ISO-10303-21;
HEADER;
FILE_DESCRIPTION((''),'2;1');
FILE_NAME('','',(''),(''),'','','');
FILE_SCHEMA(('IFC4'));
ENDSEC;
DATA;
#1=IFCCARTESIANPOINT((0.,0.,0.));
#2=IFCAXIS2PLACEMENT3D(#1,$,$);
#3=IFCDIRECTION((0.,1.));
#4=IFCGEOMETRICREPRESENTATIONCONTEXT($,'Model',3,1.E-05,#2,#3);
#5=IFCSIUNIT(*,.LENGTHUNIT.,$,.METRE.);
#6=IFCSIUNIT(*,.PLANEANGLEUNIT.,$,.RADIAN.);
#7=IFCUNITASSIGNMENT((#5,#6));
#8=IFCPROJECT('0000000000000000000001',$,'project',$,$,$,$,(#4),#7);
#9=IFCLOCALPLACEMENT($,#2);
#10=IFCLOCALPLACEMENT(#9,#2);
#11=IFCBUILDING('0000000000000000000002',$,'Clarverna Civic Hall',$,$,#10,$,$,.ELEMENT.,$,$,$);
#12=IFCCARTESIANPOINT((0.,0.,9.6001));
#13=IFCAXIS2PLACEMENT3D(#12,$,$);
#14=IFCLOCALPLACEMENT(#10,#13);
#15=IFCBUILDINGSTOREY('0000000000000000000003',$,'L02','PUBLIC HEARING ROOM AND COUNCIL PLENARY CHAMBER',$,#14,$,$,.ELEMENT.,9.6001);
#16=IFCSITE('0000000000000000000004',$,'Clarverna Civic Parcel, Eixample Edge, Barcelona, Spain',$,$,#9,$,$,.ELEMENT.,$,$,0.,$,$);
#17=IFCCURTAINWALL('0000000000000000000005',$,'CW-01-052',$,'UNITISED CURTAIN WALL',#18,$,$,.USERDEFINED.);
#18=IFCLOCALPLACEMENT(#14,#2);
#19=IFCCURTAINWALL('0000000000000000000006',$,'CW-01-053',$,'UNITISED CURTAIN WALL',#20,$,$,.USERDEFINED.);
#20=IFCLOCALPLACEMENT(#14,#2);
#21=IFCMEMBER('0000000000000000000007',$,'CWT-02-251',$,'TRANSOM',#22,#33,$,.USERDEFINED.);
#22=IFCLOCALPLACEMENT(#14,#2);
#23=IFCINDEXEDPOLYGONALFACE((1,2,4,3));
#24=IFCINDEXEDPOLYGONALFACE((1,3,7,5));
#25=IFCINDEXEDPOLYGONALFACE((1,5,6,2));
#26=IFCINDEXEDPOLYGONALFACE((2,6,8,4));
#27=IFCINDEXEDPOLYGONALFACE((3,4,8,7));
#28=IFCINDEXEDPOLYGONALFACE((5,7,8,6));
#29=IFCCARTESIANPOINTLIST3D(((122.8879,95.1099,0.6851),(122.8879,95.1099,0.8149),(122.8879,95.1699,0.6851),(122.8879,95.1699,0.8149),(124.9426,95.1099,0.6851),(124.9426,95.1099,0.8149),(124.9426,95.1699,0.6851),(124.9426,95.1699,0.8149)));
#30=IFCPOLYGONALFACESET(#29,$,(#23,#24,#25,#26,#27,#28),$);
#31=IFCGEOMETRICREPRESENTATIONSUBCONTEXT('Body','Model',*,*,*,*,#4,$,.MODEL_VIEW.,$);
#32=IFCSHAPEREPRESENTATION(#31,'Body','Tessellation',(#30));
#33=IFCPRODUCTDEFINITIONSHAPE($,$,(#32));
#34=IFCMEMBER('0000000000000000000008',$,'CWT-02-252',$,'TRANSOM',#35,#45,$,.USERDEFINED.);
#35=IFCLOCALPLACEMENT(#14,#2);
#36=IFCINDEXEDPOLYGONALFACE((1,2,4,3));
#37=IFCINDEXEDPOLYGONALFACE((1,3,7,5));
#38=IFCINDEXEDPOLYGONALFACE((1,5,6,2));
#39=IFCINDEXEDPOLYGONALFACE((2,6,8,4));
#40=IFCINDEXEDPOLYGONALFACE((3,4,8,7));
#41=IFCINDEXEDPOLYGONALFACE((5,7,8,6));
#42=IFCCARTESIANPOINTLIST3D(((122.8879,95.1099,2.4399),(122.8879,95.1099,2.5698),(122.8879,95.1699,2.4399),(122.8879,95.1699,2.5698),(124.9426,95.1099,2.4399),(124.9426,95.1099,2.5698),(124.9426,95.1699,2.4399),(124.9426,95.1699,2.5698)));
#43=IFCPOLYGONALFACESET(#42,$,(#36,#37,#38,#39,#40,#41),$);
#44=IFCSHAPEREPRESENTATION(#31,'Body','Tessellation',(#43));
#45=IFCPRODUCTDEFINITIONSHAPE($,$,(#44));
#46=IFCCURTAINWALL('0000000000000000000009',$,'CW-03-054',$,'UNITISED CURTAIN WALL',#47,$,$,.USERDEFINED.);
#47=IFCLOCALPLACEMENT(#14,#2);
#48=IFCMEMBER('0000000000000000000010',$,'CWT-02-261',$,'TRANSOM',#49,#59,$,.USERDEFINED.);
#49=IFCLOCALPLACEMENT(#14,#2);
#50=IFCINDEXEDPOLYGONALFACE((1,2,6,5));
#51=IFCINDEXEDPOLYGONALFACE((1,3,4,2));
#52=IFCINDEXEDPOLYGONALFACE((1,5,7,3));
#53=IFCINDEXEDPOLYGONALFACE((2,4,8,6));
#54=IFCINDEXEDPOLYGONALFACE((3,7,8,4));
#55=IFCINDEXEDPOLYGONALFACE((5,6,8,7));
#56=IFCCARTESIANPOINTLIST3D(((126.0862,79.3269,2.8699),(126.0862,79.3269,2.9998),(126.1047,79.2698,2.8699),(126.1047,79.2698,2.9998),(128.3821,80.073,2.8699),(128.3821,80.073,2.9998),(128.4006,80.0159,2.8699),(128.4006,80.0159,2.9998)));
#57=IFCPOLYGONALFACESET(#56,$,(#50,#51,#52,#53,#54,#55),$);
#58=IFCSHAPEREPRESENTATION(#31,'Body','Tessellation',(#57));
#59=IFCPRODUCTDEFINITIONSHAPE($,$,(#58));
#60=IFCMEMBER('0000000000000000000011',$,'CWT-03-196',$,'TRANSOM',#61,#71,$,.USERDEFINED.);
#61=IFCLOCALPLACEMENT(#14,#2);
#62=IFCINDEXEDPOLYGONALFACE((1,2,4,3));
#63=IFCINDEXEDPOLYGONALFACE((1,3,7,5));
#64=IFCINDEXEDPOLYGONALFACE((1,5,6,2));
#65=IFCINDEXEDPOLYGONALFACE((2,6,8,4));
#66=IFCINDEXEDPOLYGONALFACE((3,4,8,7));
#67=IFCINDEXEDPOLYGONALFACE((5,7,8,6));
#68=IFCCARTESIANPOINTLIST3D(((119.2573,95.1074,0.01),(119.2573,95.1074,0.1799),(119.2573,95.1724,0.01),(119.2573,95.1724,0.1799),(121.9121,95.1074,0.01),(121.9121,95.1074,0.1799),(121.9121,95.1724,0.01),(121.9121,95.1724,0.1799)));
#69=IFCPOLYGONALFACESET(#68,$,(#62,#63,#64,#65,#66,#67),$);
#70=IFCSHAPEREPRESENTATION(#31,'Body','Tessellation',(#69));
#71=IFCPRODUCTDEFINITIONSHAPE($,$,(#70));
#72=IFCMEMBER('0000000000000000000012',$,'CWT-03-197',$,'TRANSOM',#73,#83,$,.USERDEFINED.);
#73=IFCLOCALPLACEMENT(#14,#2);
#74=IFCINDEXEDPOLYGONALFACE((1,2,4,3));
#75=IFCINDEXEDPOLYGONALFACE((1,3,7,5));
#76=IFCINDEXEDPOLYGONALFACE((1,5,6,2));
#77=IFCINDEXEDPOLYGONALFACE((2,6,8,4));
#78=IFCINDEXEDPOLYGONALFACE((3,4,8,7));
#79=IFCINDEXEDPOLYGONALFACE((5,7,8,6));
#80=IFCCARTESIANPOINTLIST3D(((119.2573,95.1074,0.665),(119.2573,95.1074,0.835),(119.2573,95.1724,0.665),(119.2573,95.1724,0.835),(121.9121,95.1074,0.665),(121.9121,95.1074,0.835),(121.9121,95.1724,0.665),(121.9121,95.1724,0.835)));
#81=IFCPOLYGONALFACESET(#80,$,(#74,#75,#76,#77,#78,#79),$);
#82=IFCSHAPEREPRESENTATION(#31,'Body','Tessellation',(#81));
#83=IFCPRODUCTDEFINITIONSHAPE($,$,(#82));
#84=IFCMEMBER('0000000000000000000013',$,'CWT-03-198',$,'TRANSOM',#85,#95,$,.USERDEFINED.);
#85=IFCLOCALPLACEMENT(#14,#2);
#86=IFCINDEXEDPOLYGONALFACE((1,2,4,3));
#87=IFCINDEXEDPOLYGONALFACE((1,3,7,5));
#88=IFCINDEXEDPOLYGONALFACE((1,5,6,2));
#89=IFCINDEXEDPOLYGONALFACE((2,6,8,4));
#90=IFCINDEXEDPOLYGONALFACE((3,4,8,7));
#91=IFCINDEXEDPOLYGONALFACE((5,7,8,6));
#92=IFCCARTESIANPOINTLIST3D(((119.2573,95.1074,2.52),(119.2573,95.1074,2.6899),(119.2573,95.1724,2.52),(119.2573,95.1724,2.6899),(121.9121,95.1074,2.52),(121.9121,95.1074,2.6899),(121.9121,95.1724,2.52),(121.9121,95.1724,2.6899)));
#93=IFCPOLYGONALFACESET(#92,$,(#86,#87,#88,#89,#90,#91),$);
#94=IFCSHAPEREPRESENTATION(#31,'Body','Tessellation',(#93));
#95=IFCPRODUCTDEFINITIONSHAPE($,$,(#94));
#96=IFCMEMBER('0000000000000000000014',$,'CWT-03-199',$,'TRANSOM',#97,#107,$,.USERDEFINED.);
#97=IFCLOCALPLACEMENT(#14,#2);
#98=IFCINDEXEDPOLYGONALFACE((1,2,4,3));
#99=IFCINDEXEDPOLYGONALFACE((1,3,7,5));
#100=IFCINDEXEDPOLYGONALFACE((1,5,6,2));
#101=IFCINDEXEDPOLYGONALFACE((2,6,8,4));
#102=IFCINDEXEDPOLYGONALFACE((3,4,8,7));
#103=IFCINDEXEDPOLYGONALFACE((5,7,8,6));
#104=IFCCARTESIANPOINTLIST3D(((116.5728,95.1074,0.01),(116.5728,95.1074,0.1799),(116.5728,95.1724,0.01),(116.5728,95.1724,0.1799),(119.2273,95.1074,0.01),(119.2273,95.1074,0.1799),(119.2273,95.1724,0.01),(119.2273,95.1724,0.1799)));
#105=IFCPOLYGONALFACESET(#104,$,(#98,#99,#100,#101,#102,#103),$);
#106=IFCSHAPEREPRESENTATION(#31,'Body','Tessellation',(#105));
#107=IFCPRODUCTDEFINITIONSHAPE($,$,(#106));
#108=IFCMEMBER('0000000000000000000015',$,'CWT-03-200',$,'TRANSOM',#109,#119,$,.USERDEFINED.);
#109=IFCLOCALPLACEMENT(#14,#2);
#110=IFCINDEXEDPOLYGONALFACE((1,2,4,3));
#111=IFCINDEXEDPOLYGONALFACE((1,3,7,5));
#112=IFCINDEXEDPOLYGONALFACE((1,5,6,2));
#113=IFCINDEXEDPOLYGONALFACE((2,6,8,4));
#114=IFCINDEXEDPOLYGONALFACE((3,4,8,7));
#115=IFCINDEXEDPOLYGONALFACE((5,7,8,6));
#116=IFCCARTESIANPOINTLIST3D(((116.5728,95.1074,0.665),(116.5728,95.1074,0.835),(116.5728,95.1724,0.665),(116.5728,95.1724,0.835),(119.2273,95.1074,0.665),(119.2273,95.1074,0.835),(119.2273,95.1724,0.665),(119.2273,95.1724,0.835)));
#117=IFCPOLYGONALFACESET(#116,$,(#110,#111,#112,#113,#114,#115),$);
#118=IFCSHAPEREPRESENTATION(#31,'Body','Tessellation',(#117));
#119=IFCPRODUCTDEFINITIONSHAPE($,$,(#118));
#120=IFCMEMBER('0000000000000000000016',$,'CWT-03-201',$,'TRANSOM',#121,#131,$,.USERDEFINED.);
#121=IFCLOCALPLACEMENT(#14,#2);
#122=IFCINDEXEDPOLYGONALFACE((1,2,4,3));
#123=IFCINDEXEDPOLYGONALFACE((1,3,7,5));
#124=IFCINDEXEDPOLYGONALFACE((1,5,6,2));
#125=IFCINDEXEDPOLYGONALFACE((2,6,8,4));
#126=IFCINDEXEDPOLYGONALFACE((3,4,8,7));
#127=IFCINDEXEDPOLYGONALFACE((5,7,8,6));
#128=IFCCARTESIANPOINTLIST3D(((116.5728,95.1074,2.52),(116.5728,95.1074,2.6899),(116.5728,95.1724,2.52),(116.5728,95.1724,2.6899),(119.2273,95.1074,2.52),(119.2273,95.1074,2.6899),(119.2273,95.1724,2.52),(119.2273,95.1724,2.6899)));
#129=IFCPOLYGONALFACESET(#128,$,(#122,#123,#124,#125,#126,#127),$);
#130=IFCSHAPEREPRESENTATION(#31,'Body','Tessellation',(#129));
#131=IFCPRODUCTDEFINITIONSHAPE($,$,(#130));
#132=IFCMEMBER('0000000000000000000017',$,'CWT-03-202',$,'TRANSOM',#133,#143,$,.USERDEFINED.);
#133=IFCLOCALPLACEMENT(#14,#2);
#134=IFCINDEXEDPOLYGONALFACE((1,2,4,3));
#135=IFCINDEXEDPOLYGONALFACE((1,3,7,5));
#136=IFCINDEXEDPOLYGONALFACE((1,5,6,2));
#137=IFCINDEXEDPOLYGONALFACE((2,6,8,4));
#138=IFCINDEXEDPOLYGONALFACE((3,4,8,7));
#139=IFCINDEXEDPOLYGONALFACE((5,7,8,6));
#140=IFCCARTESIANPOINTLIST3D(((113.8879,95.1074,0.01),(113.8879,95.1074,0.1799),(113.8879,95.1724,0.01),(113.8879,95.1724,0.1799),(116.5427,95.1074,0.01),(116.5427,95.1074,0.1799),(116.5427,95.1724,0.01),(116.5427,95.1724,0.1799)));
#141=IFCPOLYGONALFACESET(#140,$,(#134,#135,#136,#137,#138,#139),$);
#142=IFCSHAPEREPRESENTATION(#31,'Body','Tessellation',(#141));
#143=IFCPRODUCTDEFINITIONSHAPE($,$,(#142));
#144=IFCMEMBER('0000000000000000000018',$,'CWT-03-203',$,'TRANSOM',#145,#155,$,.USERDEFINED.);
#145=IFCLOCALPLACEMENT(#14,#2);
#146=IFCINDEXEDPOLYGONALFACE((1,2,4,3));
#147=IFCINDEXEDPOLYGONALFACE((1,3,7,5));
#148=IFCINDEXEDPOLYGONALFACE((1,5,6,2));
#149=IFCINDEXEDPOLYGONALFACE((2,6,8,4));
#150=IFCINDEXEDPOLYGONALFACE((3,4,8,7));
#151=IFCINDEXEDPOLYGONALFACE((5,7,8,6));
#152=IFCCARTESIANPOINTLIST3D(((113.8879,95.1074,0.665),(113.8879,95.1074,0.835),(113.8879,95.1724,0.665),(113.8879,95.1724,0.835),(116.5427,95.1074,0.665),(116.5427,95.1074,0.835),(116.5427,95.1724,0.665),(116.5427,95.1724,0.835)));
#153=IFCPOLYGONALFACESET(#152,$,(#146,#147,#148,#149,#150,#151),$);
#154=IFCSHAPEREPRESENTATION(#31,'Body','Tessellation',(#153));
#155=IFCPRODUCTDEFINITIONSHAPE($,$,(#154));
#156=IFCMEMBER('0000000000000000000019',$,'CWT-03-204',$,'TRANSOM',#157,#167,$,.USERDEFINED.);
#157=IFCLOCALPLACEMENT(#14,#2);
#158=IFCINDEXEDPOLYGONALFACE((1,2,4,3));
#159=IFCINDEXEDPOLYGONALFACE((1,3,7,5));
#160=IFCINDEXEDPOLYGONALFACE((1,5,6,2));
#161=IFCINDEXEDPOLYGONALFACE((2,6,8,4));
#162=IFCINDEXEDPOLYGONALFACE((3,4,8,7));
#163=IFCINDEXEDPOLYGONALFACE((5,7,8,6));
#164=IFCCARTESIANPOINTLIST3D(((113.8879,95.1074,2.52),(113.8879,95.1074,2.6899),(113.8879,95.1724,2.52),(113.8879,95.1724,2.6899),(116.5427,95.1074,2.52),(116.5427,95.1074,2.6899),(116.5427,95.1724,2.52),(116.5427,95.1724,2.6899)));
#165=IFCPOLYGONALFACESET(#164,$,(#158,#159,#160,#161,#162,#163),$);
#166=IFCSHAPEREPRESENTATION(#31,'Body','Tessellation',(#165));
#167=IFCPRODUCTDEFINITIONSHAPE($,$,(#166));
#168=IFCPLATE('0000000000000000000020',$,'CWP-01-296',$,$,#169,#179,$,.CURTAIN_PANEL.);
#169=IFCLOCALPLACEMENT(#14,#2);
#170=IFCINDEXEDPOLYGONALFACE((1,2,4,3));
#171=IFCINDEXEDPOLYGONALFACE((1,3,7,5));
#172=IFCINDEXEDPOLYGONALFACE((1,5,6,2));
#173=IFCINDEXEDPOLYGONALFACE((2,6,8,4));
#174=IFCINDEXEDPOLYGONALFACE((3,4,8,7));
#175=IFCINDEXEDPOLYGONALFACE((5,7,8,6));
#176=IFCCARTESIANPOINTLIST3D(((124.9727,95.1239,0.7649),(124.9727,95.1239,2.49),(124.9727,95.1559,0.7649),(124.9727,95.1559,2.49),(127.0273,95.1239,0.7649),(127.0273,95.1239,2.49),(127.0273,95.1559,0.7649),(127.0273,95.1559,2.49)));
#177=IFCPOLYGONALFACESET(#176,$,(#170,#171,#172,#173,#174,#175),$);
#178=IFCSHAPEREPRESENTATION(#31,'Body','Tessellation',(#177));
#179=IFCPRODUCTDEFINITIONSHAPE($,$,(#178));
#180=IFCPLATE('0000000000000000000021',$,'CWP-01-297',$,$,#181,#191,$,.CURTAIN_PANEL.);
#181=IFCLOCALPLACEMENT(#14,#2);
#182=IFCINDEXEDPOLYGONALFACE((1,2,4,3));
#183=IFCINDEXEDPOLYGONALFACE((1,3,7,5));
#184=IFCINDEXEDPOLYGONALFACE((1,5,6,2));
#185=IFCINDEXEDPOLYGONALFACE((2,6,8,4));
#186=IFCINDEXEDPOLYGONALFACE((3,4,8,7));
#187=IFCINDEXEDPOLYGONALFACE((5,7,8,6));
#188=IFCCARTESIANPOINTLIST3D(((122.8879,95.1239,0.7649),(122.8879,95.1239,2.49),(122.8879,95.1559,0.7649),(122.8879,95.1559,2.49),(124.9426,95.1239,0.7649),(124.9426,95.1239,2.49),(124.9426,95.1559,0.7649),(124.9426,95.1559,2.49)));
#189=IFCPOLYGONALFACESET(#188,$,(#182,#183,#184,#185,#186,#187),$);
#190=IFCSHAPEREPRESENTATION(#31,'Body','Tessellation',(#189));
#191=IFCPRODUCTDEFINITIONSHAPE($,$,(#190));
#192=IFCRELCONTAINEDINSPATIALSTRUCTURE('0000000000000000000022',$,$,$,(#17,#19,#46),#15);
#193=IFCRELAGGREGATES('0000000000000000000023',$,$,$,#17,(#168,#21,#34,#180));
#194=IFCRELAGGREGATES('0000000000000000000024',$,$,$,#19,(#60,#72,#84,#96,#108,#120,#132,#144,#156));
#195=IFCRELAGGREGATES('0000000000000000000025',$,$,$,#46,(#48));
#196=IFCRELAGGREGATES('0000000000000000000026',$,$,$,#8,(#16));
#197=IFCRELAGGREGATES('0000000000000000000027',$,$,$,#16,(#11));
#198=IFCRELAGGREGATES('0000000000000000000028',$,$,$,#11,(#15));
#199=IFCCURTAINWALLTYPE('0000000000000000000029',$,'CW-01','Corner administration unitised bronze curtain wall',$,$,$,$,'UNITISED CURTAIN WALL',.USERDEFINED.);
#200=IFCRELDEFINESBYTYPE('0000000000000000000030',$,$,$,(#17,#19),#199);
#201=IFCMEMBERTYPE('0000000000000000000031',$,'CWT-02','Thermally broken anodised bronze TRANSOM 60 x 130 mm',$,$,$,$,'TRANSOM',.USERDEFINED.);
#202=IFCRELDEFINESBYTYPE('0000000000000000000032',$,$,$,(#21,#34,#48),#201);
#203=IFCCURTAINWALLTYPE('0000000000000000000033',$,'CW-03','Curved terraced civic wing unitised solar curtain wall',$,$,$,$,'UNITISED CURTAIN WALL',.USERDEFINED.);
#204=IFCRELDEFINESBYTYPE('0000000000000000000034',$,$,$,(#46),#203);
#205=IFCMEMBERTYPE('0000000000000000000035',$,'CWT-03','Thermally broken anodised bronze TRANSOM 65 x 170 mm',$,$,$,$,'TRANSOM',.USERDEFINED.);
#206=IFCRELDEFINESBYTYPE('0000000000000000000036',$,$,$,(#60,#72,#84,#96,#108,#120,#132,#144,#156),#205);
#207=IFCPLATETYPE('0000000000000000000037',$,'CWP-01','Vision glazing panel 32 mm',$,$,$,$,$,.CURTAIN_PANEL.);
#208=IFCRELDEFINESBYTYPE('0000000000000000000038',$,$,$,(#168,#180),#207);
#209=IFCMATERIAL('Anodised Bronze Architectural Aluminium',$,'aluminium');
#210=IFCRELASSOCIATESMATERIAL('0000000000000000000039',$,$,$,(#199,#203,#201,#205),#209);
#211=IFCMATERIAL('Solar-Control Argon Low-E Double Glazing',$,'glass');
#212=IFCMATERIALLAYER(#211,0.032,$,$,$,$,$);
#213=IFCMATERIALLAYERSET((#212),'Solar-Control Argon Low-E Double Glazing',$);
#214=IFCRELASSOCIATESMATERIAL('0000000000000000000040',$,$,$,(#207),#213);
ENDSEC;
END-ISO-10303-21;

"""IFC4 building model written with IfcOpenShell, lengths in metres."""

from ifc_helpers import new_model, si_unit, direction, frame, frame_2d, origin, origin_2d, place, context, subcontext, project, spatial, rectangle, extrude, material, layer, layer_set, material_profile, profile_set, type_object, element, aggregate, save


model = new_model("IFC4")

# Units and contexts
model_context = context("Model", 3, precision=1e-05, world=origin(), true_north=direction((0.0, 1.0)))
body_context = subcontext(model_context, "Body", "Model", "MODEL_VIEW")
ifc_project = project(units=[si_unit("LENGTHUNIT", "METRE"), si_unit("PLANEANGLEUNIT", "RADIAN")], contexts=[model_context])

# Site, building, storey
site_placement = place(None, origin())
site = spatial("IfcSite", under=ifc_project, at=site_placement, Name="Clarverna Civic Parcel, Eixample Edge, Barcelona, Spain", CompositionType="ELEMENT", RefElevation=0.0)
building_placement = place(site_placement, origin())
building = spatial("IfcBuilding", under=site, at=building_placement, Name="Clarverna Civic Hall", CompositionType="ELEMENT")
storey_placement = place(building_placement, frame((0.0, 0.0, 9.6001)))
storey = spatial("IfcBuildingStorey", under=building, at=storey_placement, Name="L02", Description="PUBLIC HEARING ROOM AND COUNCIL PLENARY CHAMBER", CompositionType="ELEMENT", Elevation=9.6001)

# Curtain walls
ifc_material_1 = material(Name="Anodised Bronze Architectural Aluminium", Category="aluminium")
curtain_wall_type_1 = type_object("IfcCurtainWallType", Name="CW-01", Description="Corner administration unitised bronze curtain wall", ElementType="UNITISED CURTAIN WALL", PredefinedType="USERDEFINED", material=ifc_material_1)
curtain_wall_1_placement = place(storey_placement, origin())
curtain_wall_1 = element("IfcCurtainWall", 1, at=curtain_wall_1_placement, inside=storey, type_object=curtain_wall_type_1, Name="CW-01-052", ObjectType="UNITISED CURTAIN WALL", PredefinedType="USERDEFINED")
curtain_wall_2_placement = place(storey_placement, origin())
curtain_wall_2 = element("IfcCurtainWall", 2, at=curtain_wall_2_placement, inside=storey, type_object=curtain_wall_type_1, Name="CW-01-053", ObjectType="UNITISED CURTAIN WALL", PredefinedType="USERDEFINED")

# Members
ifc_material_profile_1 = material_profile(ifc_material_1, rectangle(XDim=0.0601, YDim=0.1299, at=origin_2d()), Name="BRONZE 60x130")
ifc_profile_set_1 = profile_set([ifc_material_profile_1], Name="Anodised Bronze Architectural Aluminium")
member_type_1 = type_object("IfcMemberType", Name="CWT-02", Description="Thermally broken anodised bronze TRANSOM 60 x 130 mm", ElementType="TRANSOM", PredefinedType="USERDEFINED", material=ifc_profile_set_1)
member_1_placement = place(storey_placement, frame((124.9426, 95.1399, 0.75), z_axis=(-1.0, 0.0, 0.0), x_axis=(0.0, -1.0, 0.0)))
member_1 = element("IfcMember", 3, at=member_1_placement, type_object=member_type_1, Name="CWT-02-251", ObjectType="TRANSOM", PredefinedType="USERDEFINED", context=body_context, shape_type="SweptSolid", body=[
    extrude(rectangle(XDim=0.0601, YDim=0.1299, at=origin_2d()), origin(), (0.0, 0.0, 1.0), 2.0547),
])
member_2_placement = place(storey_placement, frame((124.9426, 95.1399, 2.5049), z_axis=(-1.0, 0.0, 0.0), x_axis=(0.0, -1.0, 0.0)))
member_2 = element("IfcMember", 4, at=member_2_placement, type_object=member_type_1, Name="CWT-02-252", ObjectType="TRANSOM", PredefinedType="USERDEFINED", context=body_context, shape_type="SweptSolid", body=[
    extrude(rectangle(XDim=0.0601, YDim=0.1299, at=origin_2d()), origin(), (0.0, 0.0, 1.0), 2.0547),
])

# Curtain wall, member
curtain_wall_type_2 = type_object("IfcCurtainWallType", Name="CW-03", Description="Curved terraced civic wing unitised solar curtain wall", ElementType="UNITISED CURTAIN WALL", PredefinedType="USERDEFINED", material=ifc_material_1)
curtain_wall_3_placement = place(storey_placement, origin())
curtain_wall_3 = element("IfcCurtainWall", 5, at=curtain_wall_3_placement, inside=storey, type_object=curtain_wall_type_2, Name="CW-03-054", ObjectType="UNITISED CURTAIN WALL", PredefinedType="USERDEFINED")
member_3_placement = place(storey_placement, frame((126.0955, 79.2983, 2.9348), z_axis=(0.951043, 0.309059, 0.0), x_axis=(-0.309059, 0.951043, 0.0)))
member_3 = element("IfcMember", 6, at=member_3_placement, type_object=member_type_1, Name="CWT-02-261", ObjectType="TRANSOM", PredefinedType="USERDEFINED", context=body_context, shape_type="SweptSolid", body=[
    extrude(rectangle(XDim=0.0601, YDim=0.1299, at=origin_2d()), origin(), (0.0, 0.0, 1.0), 2.4141),
])

# Members
ifc_material_profile_2 = material_profile(ifc_material_1, rectangle(XDim=0.0649, YDim=0.1699, at=origin_2d()), Name="BRONZE 65x170")
ifc_profile_set_2 = profile_set([ifc_material_profile_2], Name="Anodised Bronze Architectural Aluminium")
member_type_2 = type_object("IfcMemberType", Name="CWT-03", Description="Thermally broken anodised bronze TRANSOM 65 x 170 mm", ElementType="TRANSOM", PredefinedType="USERDEFINED", material=ifc_profile_set_2)
member_4_placement = place(storey_placement, frame((121.9121, 95.1399, 0.095), z_axis=(-1.0, 0.0, 0.0), x_axis=(0.0, -1.0, 0.0)))
member_4 = element("IfcMember", 7, at=member_4_placement, type_object=member_type_2, Name="CWT-03-196", ObjectType="TRANSOM", PredefinedType="USERDEFINED", context=body_context, shape_type="SweptSolid", body=[
    extrude(rectangle(XDim=0.0649, YDim=0.1699, at=origin_2d()), origin(), (0.0, 0.0, 1.0), 2.6548),
])
member_5_placement = place(storey_placement, frame((121.9121, 95.1399, 0.75), z_axis=(-1.0, 0.0, 0.0), x_axis=(0.0, -1.0, 0.0)))
member_5 = element("IfcMember", 8, at=member_5_placement, type_object=member_type_2, Name="CWT-03-197", ObjectType="TRANSOM", PredefinedType="USERDEFINED", context=body_context, shape_type="SweptSolid", body=[
    extrude(rectangle(XDim=0.0649, YDim=0.1699, at=origin_2d()), origin(), (0.0, 0.0, 1.0), 2.6548),
])
member_6_placement = place(storey_placement, frame((121.9121, 95.1399, 2.605), z_axis=(-1.0, 0.0, 0.0), x_axis=(0.0, -1.0, 0.0)))
member_6 = element("IfcMember", 9, at=member_6_placement, type_object=member_type_2, Name="CWT-03-198", ObjectType="TRANSOM", PredefinedType="USERDEFINED", context=body_context, shape_type="SweptSolid", body=[
    extrude(rectangle(XDim=0.0649, YDim=0.1699, at=origin_2d()), origin(), (0.0, 0.0, 1.0), 2.6548),
])
member_7_placement = place(storey_placement, frame((119.2273, 95.1399, 0.095), z_axis=(-1.0, 0.0, 0.0), x_axis=(0.0, -1.0, 0.0)))
member_7 = element("IfcMember", 10, at=member_7_placement, type_object=member_type_2, Name="CWT-03-199", ObjectType="TRANSOM", PredefinedType="USERDEFINED", context=body_context, shape_type="SweptSolid", body=[
    extrude(rectangle(XDim=0.0649, YDim=0.1699, at=origin_2d()), origin(), (0.0, 0.0, 1.0), 2.6545),
])
member_8_placement = place(storey_placement, frame((119.2273, 95.1399, 0.75), z_axis=(-1.0, 0.0, 0.0), x_axis=(0.0, -1.0, 0.0)))
member_8 = element("IfcMember", 11, at=member_8_placement, type_object=member_type_2, Name="CWT-03-200", ObjectType="TRANSOM", PredefinedType="USERDEFINED", context=body_context, shape_type="SweptSolid", body=[
    extrude(rectangle(XDim=0.0649, YDim=0.1699, at=origin_2d()), origin(), (0.0, 0.0, 1.0), 2.6545),
])
member_9_placement = place(storey_placement, frame((119.2273, 95.1399, 2.605), z_axis=(-1.0, 0.0, 0.0), x_axis=(0.0, -1.0, 0.0)))
member_9 = element("IfcMember", 12, at=member_9_placement, type_object=member_type_2, Name="CWT-03-201", ObjectType="TRANSOM", PredefinedType="USERDEFINED", context=body_context, shape_type="SweptSolid", body=[
    extrude(rectangle(XDim=0.0649, YDim=0.1699, at=origin_2d()), origin(), (0.0, 0.0, 1.0), 2.6545),
])
member_10_placement = place(storey_placement, frame((116.5427, 95.1399, 0.095), z_axis=(-1.0, 0.0, 0.0), x_axis=(0.0, -1.0, 0.0)))
member_10 = element("IfcMember", 13, at=member_10_placement, type_object=member_type_2, Name="CWT-03-202", ObjectType="TRANSOM", PredefinedType="USERDEFINED", context=body_context, shape_type="SweptSolid", body=[
    extrude(rectangle(XDim=0.0649, YDim=0.1699, at=origin_2d()), origin(), (0.0, 0.0, 1.0), 2.6548),
])
member_11_placement = place(storey_placement, frame((116.5427, 95.1399, 0.75), z_axis=(-1.0, 0.0, 0.0), x_axis=(0.0, -1.0, 0.0)))
member_11 = element("IfcMember", 14, at=member_11_placement, type_object=member_type_2, Name="CWT-03-203", ObjectType="TRANSOM", PredefinedType="USERDEFINED", context=body_context, shape_type="SweptSolid", body=[
    extrude(rectangle(XDim=0.0649, YDim=0.1699, at=origin_2d()), origin(), (0.0, 0.0, 1.0), 2.6548),
])
member_12_placement = place(storey_placement, frame((116.5427, 95.1399, 2.605), z_axis=(-1.0, 0.0, 0.0), x_axis=(0.0, -1.0, 0.0)))
member_12 = element("IfcMember", 15, at=member_12_placement, type_object=member_type_2, Name="CWT-03-204", ObjectType="TRANSOM", PredefinedType="USERDEFINED", context=body_context, shape_type="SweptSolid", body=[
    extrude(rectangle(XDim=0.0649, YDim=0.1699, at=origin_2d()), origin(), (0.0, 0.0, 1.0), 2.6548),
])

# Plates
ifc_material_2 = material(Name="Solar-Control Argon Low-E Double Glazing", Category="glass")
ifc_layer_1 = layer(ifc_material_2, 0.032)
ifc_layer_set_1 = layer_set([ifc_layer_1], Name="Solar-Control Argon Low-E Double Glazing")
plate_type_1 = type_object("IfcPlateType", Name="CWP-01", Description="Vision glazing panel 32 mm", PredefinedType="CURTAIN_PANEL", material=ifc_layer_set_1)
plate_1_placement = place(storey_placement, frame((127.0273, 95.1399, 0.7649), z_axis=(0.0, 0.0, 1.0), x_axis=(-1.0, 0.0, 0.0)))
plate_1 = element("IfcPlate", 16, at=plate_1_placement, type_object=plate_type_1, Name="CWP-01-296", PredefinedType="CURTAIN_PANEL", context=body_context, shape_type="SweptSolid", body=[
    extrude(rectangle(XDim=2.0547, YDim=0.032, at=frame_2d((1.0273, 0.0))), origin(), (0.0, 0.0, 1.0), 1.7251),
])
plate_2_placement = place(storey_placement, frame((124.9426, 95.1399, 0.7649), z_axis=(0.0, 0.0, 1.0), x_axis=(-1.0, 0.0, 0.0)))
plate_2 = element("IfcPlate", 17, at=plate_2_placement, type_object=plate_type_1, Name="CWP-01-297", PredefinedType="CURTAIN_PANEL", context=body_context, shape_type="SweptSolid", body=[
    extrude(rectangle(XDim=2.0547, YDim=0.032, at=frame_2d((1.0273, 0.0))), origin(), (0.0, 0.0, 1.0), 1.7251),
])
aggregate(curtain_wall_1, [plate_1, member_1, member_2, plate_2])
aggregate(curtain_wall_2, [member_4, member_5, member_6, member_7, member_8, member_9, member_10, member_11, member_12])
aggregate(curtain_wall_3, [member_3])

save(model, "model.ifc")
